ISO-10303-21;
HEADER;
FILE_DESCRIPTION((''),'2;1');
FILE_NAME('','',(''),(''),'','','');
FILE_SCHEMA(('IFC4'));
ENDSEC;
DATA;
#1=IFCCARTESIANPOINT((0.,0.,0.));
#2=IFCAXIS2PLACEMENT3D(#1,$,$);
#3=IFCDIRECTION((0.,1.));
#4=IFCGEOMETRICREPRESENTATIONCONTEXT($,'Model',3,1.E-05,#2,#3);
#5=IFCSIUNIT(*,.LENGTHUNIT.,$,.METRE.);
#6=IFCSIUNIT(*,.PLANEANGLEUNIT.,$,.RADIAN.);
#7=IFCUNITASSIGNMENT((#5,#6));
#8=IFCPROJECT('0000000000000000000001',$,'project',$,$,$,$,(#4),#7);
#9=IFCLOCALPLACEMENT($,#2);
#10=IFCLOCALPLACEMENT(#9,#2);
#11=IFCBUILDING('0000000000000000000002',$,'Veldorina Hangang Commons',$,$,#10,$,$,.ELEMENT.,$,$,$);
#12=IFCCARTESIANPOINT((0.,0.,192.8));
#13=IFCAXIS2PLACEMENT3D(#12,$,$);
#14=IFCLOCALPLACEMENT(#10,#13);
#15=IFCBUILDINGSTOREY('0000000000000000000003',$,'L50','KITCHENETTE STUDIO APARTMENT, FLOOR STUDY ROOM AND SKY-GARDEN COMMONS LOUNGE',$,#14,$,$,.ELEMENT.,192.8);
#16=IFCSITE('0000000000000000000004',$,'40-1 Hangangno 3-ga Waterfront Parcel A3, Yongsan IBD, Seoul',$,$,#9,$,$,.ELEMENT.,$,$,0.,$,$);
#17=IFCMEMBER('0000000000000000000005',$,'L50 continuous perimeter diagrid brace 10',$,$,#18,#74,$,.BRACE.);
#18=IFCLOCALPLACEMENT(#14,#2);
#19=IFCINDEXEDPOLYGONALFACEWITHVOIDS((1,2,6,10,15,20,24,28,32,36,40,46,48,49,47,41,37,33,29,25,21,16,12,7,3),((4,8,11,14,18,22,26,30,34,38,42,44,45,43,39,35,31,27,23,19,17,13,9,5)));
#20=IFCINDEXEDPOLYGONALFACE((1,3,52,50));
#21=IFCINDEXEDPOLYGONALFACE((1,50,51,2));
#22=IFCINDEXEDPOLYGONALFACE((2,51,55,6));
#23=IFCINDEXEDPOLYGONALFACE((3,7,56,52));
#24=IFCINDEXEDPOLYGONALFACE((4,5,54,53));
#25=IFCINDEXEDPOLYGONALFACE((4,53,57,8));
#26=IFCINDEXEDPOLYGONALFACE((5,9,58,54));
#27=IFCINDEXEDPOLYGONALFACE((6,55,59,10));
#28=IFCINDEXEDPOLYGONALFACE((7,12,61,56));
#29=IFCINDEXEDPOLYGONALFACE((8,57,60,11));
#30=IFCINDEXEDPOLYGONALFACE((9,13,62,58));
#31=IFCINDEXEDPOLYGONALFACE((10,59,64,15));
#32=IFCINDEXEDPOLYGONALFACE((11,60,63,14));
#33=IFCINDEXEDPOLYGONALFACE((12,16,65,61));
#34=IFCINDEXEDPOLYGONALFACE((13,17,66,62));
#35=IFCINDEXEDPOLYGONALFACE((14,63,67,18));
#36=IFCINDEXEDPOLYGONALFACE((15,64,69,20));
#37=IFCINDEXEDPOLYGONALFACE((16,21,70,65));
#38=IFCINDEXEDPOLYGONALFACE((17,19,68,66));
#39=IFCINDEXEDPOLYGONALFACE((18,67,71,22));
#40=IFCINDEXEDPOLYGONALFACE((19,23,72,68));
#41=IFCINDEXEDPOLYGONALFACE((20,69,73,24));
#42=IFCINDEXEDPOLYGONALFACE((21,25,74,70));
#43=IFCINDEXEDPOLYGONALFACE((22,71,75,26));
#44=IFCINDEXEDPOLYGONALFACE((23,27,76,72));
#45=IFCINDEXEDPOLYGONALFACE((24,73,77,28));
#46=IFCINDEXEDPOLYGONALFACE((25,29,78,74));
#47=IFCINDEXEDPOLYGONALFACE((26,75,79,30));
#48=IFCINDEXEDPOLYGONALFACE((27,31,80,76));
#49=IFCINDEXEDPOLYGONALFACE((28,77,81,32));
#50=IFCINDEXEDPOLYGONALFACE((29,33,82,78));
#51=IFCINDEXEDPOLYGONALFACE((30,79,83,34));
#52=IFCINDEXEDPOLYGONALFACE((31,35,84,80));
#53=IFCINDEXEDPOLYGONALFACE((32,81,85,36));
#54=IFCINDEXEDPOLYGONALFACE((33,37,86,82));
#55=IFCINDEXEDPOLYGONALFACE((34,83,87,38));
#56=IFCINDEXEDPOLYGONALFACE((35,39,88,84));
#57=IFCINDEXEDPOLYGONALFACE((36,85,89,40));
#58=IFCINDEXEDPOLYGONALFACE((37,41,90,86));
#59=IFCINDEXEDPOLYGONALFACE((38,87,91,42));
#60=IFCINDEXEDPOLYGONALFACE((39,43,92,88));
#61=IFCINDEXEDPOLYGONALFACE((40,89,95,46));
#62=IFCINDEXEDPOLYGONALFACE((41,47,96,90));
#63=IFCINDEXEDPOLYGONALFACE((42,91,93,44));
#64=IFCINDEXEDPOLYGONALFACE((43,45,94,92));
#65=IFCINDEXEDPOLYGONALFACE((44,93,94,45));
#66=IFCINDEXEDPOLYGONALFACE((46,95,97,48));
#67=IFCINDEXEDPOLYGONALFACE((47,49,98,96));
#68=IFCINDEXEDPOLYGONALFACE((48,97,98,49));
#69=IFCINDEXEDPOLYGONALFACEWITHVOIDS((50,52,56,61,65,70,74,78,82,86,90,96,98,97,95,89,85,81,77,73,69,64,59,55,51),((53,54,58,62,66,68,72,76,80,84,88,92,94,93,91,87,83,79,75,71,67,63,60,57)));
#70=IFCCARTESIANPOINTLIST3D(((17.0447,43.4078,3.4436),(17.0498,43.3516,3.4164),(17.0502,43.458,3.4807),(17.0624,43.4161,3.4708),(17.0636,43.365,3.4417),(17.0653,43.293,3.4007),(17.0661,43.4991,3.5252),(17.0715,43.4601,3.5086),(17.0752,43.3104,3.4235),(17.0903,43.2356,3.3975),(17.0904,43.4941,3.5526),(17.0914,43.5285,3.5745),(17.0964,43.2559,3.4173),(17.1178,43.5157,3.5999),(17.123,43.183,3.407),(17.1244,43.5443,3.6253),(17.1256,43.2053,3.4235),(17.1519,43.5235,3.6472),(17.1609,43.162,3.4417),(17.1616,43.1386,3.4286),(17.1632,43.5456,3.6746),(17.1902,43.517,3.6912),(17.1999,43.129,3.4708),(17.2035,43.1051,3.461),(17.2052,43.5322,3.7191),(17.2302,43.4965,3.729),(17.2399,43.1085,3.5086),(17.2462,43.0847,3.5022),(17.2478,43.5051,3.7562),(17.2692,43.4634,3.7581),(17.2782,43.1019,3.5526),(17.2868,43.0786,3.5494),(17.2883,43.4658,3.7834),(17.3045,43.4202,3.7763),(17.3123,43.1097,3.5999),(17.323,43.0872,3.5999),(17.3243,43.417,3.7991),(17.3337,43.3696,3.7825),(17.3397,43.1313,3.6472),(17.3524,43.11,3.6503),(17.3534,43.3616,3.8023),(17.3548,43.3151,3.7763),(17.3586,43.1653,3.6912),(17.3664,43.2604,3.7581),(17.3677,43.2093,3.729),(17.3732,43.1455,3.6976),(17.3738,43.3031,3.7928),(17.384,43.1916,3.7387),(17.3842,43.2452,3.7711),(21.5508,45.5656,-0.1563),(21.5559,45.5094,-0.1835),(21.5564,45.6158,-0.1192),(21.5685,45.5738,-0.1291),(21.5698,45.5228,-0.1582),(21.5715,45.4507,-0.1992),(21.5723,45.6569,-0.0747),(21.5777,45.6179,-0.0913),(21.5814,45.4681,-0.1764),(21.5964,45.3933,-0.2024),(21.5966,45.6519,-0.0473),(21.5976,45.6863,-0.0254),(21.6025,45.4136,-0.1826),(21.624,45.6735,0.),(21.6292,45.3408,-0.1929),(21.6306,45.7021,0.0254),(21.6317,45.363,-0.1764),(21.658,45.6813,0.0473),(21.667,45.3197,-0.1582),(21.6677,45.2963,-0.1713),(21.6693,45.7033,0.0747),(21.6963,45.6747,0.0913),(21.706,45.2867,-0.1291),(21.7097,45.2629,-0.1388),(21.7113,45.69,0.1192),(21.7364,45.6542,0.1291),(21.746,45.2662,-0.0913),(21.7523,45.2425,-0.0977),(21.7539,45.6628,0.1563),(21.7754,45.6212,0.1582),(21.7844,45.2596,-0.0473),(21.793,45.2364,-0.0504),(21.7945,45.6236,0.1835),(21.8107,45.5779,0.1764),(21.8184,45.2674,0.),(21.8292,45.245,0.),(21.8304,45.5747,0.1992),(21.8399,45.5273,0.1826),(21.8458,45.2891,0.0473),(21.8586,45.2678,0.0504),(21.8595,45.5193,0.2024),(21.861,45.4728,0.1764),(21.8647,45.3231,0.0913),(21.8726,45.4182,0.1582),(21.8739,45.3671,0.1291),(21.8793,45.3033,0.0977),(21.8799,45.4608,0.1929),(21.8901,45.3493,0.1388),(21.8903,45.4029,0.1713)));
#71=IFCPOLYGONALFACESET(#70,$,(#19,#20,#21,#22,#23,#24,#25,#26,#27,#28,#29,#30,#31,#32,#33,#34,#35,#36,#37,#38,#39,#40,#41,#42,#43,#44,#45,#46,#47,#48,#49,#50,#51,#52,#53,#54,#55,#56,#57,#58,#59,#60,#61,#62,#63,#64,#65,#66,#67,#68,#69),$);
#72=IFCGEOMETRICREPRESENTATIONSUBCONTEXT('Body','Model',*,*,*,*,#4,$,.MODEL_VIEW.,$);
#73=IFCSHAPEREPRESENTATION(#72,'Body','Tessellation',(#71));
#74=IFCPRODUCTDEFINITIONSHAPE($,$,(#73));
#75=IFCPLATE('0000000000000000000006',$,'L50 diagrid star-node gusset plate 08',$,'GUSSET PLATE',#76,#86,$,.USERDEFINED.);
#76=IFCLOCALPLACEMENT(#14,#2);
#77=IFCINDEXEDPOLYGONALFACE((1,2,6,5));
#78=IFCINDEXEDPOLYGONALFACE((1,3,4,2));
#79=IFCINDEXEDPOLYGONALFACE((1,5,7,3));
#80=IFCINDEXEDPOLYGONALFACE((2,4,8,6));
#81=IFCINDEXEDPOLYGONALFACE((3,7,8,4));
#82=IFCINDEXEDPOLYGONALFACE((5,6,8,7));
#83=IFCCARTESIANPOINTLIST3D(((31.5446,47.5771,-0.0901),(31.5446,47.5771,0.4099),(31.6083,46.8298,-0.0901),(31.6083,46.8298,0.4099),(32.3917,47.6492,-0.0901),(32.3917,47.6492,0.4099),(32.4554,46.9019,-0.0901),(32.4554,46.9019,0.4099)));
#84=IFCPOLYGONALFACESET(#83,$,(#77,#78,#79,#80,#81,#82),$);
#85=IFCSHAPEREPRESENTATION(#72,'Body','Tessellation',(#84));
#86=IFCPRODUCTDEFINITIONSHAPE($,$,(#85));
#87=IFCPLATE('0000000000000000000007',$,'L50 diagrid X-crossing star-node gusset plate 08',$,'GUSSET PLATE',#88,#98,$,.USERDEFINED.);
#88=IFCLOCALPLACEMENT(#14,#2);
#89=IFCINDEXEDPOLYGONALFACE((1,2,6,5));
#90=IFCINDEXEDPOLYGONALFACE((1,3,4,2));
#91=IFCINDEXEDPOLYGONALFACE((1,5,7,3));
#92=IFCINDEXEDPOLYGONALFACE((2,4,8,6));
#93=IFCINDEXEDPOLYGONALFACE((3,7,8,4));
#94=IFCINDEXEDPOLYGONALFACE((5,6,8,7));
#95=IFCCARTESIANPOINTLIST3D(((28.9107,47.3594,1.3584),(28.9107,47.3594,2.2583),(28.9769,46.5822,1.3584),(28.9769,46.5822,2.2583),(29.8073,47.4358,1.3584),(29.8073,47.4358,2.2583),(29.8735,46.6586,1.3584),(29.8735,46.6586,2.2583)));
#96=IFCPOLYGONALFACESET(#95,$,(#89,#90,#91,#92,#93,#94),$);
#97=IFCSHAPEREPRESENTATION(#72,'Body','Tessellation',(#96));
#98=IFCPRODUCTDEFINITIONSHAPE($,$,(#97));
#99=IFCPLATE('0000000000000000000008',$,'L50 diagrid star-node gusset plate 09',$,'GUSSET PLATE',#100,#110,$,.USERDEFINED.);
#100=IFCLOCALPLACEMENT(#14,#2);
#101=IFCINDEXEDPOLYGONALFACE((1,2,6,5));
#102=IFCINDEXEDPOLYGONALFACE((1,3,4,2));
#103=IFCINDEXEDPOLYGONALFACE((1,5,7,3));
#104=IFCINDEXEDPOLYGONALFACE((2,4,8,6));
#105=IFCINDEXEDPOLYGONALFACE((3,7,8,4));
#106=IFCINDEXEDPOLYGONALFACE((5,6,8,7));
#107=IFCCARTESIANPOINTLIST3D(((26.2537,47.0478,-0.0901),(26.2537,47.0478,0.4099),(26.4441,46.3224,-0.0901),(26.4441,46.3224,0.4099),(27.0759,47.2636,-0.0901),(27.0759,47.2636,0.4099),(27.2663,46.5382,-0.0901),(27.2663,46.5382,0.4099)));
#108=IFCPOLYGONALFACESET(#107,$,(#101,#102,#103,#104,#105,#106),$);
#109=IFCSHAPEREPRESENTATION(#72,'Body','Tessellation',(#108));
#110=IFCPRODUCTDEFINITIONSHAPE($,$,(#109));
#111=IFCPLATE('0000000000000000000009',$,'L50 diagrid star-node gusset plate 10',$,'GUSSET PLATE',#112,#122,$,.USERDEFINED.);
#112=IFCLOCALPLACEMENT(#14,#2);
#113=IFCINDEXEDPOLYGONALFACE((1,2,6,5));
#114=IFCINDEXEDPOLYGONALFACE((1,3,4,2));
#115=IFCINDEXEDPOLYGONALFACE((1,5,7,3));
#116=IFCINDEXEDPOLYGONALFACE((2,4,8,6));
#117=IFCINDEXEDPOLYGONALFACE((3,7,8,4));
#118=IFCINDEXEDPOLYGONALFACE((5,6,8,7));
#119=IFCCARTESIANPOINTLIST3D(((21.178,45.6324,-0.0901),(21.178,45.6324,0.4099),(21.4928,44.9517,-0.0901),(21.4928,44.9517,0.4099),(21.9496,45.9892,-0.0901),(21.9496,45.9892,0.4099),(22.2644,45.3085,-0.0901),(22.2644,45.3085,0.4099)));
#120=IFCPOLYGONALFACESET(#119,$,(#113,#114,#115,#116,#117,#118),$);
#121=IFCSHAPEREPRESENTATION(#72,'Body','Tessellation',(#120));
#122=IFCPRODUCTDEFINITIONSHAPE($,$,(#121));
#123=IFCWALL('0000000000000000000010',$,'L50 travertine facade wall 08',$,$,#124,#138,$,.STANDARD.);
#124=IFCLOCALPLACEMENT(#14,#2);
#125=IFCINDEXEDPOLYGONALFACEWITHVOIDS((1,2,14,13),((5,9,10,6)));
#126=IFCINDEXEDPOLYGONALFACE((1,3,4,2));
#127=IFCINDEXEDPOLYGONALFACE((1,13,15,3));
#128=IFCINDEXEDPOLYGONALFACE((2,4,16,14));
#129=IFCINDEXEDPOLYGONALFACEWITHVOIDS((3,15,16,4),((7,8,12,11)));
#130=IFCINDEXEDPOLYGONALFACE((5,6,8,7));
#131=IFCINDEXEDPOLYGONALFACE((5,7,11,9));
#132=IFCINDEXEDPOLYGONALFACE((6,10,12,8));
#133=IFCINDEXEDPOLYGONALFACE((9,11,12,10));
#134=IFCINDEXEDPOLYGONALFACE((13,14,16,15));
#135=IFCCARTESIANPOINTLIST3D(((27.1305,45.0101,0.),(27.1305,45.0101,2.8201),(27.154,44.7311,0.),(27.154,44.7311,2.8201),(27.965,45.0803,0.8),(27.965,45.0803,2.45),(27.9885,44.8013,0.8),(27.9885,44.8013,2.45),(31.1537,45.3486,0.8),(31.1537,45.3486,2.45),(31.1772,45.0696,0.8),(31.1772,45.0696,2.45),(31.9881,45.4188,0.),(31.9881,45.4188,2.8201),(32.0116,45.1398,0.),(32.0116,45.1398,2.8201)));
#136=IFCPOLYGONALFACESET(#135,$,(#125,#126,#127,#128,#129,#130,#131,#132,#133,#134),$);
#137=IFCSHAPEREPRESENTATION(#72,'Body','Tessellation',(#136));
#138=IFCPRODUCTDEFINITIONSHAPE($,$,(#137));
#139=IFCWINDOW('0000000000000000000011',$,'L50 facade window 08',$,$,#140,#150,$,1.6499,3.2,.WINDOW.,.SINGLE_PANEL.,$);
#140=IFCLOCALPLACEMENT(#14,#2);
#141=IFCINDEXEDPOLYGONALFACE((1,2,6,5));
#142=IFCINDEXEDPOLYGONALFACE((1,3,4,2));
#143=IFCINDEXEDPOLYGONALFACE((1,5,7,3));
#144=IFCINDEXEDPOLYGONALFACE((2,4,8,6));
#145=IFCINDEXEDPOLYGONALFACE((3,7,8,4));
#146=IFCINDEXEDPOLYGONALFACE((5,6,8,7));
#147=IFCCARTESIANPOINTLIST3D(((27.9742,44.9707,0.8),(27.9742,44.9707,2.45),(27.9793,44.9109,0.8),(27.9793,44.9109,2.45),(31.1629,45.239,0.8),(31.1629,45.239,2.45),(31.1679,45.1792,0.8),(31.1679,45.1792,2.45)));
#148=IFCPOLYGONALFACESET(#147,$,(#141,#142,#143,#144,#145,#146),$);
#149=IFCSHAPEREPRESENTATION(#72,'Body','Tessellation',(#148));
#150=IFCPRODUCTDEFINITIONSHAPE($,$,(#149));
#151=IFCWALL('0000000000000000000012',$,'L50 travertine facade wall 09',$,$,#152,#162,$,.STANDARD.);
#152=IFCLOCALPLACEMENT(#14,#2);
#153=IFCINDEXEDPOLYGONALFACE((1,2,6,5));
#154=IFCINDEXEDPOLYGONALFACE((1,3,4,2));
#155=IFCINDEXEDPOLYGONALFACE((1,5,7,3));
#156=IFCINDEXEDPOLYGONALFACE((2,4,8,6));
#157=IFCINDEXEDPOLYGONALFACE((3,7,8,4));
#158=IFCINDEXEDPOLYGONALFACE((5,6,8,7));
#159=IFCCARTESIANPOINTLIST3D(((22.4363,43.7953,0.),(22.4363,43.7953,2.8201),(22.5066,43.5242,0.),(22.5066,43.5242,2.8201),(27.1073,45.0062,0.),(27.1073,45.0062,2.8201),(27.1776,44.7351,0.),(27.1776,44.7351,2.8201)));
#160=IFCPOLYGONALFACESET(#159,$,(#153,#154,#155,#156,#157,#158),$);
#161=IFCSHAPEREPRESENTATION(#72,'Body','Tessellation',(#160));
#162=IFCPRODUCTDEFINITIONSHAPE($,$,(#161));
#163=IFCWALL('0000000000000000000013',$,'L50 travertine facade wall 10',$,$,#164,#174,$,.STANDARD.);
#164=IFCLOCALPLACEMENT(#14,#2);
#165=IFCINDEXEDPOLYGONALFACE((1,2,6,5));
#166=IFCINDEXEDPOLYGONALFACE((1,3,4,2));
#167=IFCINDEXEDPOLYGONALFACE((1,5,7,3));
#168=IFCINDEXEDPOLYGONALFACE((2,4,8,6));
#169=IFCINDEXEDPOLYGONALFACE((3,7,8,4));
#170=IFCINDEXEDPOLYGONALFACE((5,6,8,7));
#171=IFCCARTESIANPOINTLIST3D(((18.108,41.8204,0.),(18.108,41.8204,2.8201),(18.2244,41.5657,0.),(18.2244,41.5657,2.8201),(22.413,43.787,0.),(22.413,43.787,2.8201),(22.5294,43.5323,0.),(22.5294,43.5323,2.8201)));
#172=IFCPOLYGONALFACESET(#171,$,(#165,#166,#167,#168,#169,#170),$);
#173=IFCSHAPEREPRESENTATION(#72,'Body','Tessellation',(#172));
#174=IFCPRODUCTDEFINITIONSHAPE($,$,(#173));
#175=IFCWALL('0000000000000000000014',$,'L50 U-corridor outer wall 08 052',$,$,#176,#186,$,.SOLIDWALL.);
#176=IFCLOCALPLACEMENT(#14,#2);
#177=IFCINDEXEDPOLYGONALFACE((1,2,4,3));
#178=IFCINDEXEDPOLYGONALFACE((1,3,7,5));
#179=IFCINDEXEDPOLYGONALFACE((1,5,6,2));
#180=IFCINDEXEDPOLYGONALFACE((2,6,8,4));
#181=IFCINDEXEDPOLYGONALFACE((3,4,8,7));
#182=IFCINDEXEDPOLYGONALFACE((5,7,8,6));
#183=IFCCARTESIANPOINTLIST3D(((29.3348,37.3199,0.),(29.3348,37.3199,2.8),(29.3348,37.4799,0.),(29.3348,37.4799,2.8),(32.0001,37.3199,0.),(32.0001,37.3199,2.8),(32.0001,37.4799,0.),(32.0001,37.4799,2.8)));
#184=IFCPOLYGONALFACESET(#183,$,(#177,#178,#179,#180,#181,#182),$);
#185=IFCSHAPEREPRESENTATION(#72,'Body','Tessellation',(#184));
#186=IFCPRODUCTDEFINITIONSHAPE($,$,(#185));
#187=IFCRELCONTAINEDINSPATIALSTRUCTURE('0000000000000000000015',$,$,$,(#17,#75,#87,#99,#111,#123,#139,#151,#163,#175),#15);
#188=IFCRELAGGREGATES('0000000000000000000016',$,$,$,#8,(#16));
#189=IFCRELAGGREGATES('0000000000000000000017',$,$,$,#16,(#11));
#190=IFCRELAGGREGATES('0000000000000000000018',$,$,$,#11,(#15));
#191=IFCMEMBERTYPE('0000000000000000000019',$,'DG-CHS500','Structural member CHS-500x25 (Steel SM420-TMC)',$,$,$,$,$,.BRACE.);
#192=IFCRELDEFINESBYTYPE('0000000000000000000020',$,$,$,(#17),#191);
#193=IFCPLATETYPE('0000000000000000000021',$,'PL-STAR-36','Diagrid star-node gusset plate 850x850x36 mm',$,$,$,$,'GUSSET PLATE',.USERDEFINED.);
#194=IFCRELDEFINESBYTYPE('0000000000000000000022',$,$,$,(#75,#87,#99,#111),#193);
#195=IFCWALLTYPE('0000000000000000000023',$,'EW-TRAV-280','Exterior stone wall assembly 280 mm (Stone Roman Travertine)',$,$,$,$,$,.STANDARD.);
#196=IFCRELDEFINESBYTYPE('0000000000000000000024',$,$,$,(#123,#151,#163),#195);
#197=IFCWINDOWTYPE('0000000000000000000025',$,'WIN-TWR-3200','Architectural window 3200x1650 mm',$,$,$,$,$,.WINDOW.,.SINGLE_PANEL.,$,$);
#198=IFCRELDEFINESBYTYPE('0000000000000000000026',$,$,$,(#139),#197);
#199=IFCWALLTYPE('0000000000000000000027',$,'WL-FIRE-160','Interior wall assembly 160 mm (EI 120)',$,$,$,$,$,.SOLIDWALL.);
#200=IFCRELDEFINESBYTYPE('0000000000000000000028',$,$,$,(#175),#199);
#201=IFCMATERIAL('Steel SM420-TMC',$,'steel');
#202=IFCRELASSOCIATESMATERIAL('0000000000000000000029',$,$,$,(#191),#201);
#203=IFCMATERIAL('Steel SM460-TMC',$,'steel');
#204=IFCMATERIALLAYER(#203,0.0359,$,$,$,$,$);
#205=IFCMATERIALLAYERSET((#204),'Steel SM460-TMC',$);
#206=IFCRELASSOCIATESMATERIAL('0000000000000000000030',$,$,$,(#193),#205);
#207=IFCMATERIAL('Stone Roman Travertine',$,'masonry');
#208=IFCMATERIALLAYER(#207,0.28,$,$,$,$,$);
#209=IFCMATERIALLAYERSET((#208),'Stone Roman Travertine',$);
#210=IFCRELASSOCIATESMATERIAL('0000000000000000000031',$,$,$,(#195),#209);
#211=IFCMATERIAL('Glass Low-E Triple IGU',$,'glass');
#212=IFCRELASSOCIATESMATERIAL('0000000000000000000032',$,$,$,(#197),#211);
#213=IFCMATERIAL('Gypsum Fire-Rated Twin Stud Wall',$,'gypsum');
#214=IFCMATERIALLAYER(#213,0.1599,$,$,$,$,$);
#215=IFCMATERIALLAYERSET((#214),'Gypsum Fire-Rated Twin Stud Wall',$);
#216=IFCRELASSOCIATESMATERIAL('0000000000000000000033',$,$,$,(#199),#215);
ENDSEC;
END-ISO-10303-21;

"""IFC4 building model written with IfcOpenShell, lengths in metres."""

from ifc_helpers import new_model, si_unit, direction, frame, frame_2d, origin, origin_2d, place, context, subcontext, project, spatial, rectangle, hollow_circle, extrude, material, layer, layer_set, material_profile, profile_set, type_object, element, fill, save


model = new_model("IFC4")

# Units and contexts
model_context = context("Model", 3, precision=1e-05, world=origin(), true_north=direction((0.0, 1.0)))
body_context = subcontext(model_context, "Body", "Model", "MODEL_VIEW")
ifc_project = project(units=[si_unit("LENGTHUNIT", "METRE"), si_unit("PLANEANGLEUNIT", "RADIAN")], contexts=[model_context])

# Site, building, storey
site_placement = place(None, origin())
site = spatial("IfcSite", under=ifc_project, at=site_placement, Name="40-1 Hangangno 3-ga Waterfront Parcel A3, Yongsan IBD, Seoul", CompositionType="ELEMENT", RefElevation=0.0)
building_placement = place(site_placement, origin())
building = spatial("IfcBuilding", under=site, at=building_placement, Name="Veldorina Hangang Commons", CompositionType="ELEMENT")
storey_placement = place(building_placement, frame((0.0, 0.0, 192.8)))
storey = spatial("IfcBuildingStorey", under=building, at=storey_placement, Name="L50", Description="KITCHENETTE STUDIO APARTMENT, FLOOR STUDY ROOM AND SKY-GARDEN COMMONS LOUNGE", CompositionType="ELEMENT", Elevation=192.8)

# Shared definitions
ifc_material_1 = material(Name="Steel SM420-TMC", Category="steel")

# Member
ifc_material_profile_1 = material_profile(ifc_material_1, hollow_circle(Radius=0.25, WallThickness=0.0249, at=origin_2d()), Name="CHS-500x25")
ifc_profile_set_1 = profile_set([ifc_material_profile_1], Name="Steel SM420-TMC")
member_type = type_object("IfcMemberType", Name="DG-CHS500", Description="Structural member CHS-500x25 (Steel SM420-TMC)", PredefinedType="BRACE", material=ifc_profile_set_1)
member_1_placement = place(storey_placement, frame((21.7212, 45.4705, 0.0), z_axis=(-0.731761, -0.350398, 0.584592), x_axis=(0.431883, -0.90193, 0.0)))
element("IfcMember", 1, at=member_1_placement, inside=storey, type_object=member_type, Name="L50 continuous perimeter diagrid brace 10", PredefinedType="BRACE", context=body_context, shape_type="SweptSolid", body=[
    extrude(hollow_circle(Radius=0.25, WallThickness=0.0249, at=origin_2d()), origin(), (0.0, 0.0, 1.0), 6.158),
])

# Plates
ifc_material_2 = material(Name="Steel SM460-TMC", Category="steel")
ifc_layer_1 = layer(ifc_material_2, 0.0359)
ifc_layer_set_1 = layer_set([ifc_layer_1], Name="Steel SM460-TMC")
plate_type = type_object("IfcPlateType", Name="PL-STAR-36", Description="Diagrid star-node gusset plate 850x850x36 mm", ElementType="GUSSET PLATE", PredefinedType="USERDEFINED", material=ifc_layer_set_1)
plate_1_placement = place(storey_placement, frame((32.0, 47.2395, -0.0901), z_axis=(0.0, 0.0, 1.0), x_axis=(-0.99639, -0.084895, 0.0)))
element("IfcPlate", 2, at=plate_1_placement, inside=storey, type_object=plate_type, Name="L50 diagrid star-node gusset plate 08", ObjectType="GUSSET PLATE", PredefinedType="USERDEFINED", context=body_context, shape_type="SweptSolid", body=[
    extrude(rectangle(XDim=0.8501, YDim=0.75, at=origin_2d()), origin(), (0.0, 0.0, 1.0), 0.5),
])
plate_2_placement = place(storey_placement, frame((29.3921, 47.009, 1.3584), z_axis=(0.0, 0.0, 1.0), x_axis=(-0.99639, -0.084895, 0.0)))
element("IfcPlate", 3, at=plate_2_placement, inside=storey, type_object=plate_type, Name="L50 diagrid X-crossing star-node gusset plate 08", ObjectType="GUSSET PLATE", PredefinedType="USERDEFINED", context=body_context, shape_type="SweptSolid", body=[
    extrude(rectangle(XDim=0.8999, YDim=0.78, at=origin_2d()), origin(), (0.0, 0.0, 1.0), 0.8999),
])
for number, where, z_axis, x_axis, name in (
    (4, (26.76, 46.793, -0.0901), (0.0, 0.0, 1.0), (-0.967241, -0.253859, 0.0), "L50 diagrid star-node gusset plate 09"),
    (5, (21.7212, 45.4705, -0.0901), (0.0, 0.0, 1.0), (-0.907646, -0.419737, 0.0), "L50 diagrid star-node gusset plate 10"),
):
    element("IfcPlate", number, at=place(storey_placement, frame(where, z_axis=z_axis, x_axis=x_axis)), inside=storey, type_object=plate_type, Name=name, ObjectType="GUSSET PLATE", PredefinedType="USERDEFINED", context=body_context, shape_type="SweptSolid", body=[
        extrude(rectangle(XDim=0.8501, YDim=0.75, at=origin_2d()), origin(), (0.0, 0.0, 1.0), 0.5),
    ])

# Wall, opening, window
ifc_material_3 = material(Name="Stone Roman Travertine", Category="masonry")
ifc_layer_2 = layer(ifc_material_3, 0.28)
ifc_layer_set_2 = layer_set([ifc_layer_2], Name="Stone Roman Travertine")
wall_type_1 = type_object("IfcWallType", Name="EW-TRAV-280", Description="Exterior stone wall assembly 280 mm (Stone Roman Travertine)", PredefinedType="STANDARD", material=ifc_layer_set_2)
wall_1_placement = place(storey_placement, frame((32.0, 45.2793, 0.0), z_axis=(0.0, 0.0, 1.0), x_axis=(-0.996479, -0.083837, 0.0)))
wall_1 = element("IfcWall", 6, at=wall_1_placement, inside=storey, type_object=wall_type_1, Name="L50 travertine facade wall 08", PredefinedType="STANDARD", context=body_context, shape_type="SweptSolid", body=[
    extrude(rectangle(XDim=4.8748, YDim=0.28, at=frame_2d((2.4375, 0.0))), origin(), (0.0, 0.0, 1.0), 2.8201),
])
opening_1_placement = place(wall_1_placement, frame((0.8374, 0.0, 0.8)))
opening_1 = element("IfcOpeningElement", 7, at=opening_1_placement, cuts=wall_1, PredefinedType="OPENING", context=body_context, shape_type="SweptSolid", body=[
    extrude(rectangle(XDim=3.2, YDim=1.6499, at=frame_2d((1.6001, 0.825))), frame((0.0, 0.1499, 0.0), z_axis=(0.0, -1.0, 0.0), x_axis=(1.0, 0.0, 0.0)), (0.0, 0.0, 1.0), 0.3),
])
ifc_material_4 = material(Name="Glass Low-E Triple IGU", Category="glass")
window_type = type_object("IfcWindowType", Name="WIN-TWR-3200", Description="Architectural window 3200x1650 mm", PartitioningType="SINGLE_PANEL", PredefinedType="WINDOW", material=ifc_material_4)
window_placement = place(opening_1_placement, origin())
window = element("IfcWindow", 8, at=window_placement, inside=storey, type_object=window_type, Name="L50 facade window 08", OverallHeight=1.6499, OverallWidth=3.2, PartitioningType="SINGLE_PANEL", PredefinedType="WINDOW", context=body_context, shape_type="SweptSolid", body=[
    extrude(rectangle(XDim=3.2, YDim=1.6499, at=frame_2d((1.6001, 0.825))), frame((0.0, 0.03, 0.0), z_axis=(0.0, -1.0, 0.0), x_axis=(1.0, 0.0, 0.0)), (0.0, 0.0, 1.0), 0.0601),
])
fill(opening_1, window)

# Walls
wall_2_placement = place(storey_placement, frame((27.1423, 44.8706, 0.0), z_axis=(0.0, 0.0, 1.0), x_axis=(-0.968002, -0.250943, 0.0)))
element("IfcWall", 9, at=wall_2_placement, inside=storey, type_object=wall_type_1, Name="L50 travertine facade wall 09", PredefinedType="STANDARD", context=body_context, shape_type="SweptSolid", body=[
    extrude(rectangle(XDim=4.8254, YDim=0.28, at=frame_2d((2.4126, 0.0))), origin(), (0.0, 0.0, 1.0), 2.8201),
])
wall_3_placement = place(storey_placement, frame((22.4712, 43.6597, 0.0), z_axis=(0.0, 0.0, 1.0), x_axis=(-0.909588, -0.415512, 0.0)))
element("IfcWall", 10, at=wall_3_placement, inside=storey, type_object=wall_type_1, Name="L50 travertine facade wall 10", PredefinedType="STANDARD", context=body_context, shape_type="SweptSolid", body=[
    extrude(rectangle(XDim=4.7329, YDim=0.28, at=frame_2d((2.3665, 0.0))), origin(), (0.0, 0.0, 1.0), 2.8201),
])
ifc_material_5 = material(Name="Gypsum Fire-Rated Twin Stud Wall", Category="gypsum")
ifc_layer_3 = layer(ifc_material_5, 0.1599)
ifc_layer_set_3 = layer_set([ifc_layer_3], Name="Gypsum Fire-Rated Twin Stud Wall")
wall_type_2 = type_object("IfcWallType", Name="WL-FIRE-160", Description="Interior wall assembly 160 mm (EI 120)", PredefinedType="SOLIDWALL", material=ifc_layer_set_3)
wall_4_placement = place(storey_placement, frame((32.0, 37.3999, 0.0), z_axis=(0.0, 0.0, 1.0), x_axis=(-1.0, 0.0, 0.0)))
element("IfcWall", 11, at=wall_4_placement, inside=storey, type_object=wall_type_2, Name="L50 U-corridor outer wall 08 052", PredefinedType="SOLIDWALL", context=body_context, shape_type="SweptSolid", body=[
    extrude(rectangle(XDim=2.6653, YDim=0.1599, at=frame_2d((1.3325, 0.0))), origin(), (0.0, 0.0, 1.0), 2.8),
])

save(model, "model.ifc")
